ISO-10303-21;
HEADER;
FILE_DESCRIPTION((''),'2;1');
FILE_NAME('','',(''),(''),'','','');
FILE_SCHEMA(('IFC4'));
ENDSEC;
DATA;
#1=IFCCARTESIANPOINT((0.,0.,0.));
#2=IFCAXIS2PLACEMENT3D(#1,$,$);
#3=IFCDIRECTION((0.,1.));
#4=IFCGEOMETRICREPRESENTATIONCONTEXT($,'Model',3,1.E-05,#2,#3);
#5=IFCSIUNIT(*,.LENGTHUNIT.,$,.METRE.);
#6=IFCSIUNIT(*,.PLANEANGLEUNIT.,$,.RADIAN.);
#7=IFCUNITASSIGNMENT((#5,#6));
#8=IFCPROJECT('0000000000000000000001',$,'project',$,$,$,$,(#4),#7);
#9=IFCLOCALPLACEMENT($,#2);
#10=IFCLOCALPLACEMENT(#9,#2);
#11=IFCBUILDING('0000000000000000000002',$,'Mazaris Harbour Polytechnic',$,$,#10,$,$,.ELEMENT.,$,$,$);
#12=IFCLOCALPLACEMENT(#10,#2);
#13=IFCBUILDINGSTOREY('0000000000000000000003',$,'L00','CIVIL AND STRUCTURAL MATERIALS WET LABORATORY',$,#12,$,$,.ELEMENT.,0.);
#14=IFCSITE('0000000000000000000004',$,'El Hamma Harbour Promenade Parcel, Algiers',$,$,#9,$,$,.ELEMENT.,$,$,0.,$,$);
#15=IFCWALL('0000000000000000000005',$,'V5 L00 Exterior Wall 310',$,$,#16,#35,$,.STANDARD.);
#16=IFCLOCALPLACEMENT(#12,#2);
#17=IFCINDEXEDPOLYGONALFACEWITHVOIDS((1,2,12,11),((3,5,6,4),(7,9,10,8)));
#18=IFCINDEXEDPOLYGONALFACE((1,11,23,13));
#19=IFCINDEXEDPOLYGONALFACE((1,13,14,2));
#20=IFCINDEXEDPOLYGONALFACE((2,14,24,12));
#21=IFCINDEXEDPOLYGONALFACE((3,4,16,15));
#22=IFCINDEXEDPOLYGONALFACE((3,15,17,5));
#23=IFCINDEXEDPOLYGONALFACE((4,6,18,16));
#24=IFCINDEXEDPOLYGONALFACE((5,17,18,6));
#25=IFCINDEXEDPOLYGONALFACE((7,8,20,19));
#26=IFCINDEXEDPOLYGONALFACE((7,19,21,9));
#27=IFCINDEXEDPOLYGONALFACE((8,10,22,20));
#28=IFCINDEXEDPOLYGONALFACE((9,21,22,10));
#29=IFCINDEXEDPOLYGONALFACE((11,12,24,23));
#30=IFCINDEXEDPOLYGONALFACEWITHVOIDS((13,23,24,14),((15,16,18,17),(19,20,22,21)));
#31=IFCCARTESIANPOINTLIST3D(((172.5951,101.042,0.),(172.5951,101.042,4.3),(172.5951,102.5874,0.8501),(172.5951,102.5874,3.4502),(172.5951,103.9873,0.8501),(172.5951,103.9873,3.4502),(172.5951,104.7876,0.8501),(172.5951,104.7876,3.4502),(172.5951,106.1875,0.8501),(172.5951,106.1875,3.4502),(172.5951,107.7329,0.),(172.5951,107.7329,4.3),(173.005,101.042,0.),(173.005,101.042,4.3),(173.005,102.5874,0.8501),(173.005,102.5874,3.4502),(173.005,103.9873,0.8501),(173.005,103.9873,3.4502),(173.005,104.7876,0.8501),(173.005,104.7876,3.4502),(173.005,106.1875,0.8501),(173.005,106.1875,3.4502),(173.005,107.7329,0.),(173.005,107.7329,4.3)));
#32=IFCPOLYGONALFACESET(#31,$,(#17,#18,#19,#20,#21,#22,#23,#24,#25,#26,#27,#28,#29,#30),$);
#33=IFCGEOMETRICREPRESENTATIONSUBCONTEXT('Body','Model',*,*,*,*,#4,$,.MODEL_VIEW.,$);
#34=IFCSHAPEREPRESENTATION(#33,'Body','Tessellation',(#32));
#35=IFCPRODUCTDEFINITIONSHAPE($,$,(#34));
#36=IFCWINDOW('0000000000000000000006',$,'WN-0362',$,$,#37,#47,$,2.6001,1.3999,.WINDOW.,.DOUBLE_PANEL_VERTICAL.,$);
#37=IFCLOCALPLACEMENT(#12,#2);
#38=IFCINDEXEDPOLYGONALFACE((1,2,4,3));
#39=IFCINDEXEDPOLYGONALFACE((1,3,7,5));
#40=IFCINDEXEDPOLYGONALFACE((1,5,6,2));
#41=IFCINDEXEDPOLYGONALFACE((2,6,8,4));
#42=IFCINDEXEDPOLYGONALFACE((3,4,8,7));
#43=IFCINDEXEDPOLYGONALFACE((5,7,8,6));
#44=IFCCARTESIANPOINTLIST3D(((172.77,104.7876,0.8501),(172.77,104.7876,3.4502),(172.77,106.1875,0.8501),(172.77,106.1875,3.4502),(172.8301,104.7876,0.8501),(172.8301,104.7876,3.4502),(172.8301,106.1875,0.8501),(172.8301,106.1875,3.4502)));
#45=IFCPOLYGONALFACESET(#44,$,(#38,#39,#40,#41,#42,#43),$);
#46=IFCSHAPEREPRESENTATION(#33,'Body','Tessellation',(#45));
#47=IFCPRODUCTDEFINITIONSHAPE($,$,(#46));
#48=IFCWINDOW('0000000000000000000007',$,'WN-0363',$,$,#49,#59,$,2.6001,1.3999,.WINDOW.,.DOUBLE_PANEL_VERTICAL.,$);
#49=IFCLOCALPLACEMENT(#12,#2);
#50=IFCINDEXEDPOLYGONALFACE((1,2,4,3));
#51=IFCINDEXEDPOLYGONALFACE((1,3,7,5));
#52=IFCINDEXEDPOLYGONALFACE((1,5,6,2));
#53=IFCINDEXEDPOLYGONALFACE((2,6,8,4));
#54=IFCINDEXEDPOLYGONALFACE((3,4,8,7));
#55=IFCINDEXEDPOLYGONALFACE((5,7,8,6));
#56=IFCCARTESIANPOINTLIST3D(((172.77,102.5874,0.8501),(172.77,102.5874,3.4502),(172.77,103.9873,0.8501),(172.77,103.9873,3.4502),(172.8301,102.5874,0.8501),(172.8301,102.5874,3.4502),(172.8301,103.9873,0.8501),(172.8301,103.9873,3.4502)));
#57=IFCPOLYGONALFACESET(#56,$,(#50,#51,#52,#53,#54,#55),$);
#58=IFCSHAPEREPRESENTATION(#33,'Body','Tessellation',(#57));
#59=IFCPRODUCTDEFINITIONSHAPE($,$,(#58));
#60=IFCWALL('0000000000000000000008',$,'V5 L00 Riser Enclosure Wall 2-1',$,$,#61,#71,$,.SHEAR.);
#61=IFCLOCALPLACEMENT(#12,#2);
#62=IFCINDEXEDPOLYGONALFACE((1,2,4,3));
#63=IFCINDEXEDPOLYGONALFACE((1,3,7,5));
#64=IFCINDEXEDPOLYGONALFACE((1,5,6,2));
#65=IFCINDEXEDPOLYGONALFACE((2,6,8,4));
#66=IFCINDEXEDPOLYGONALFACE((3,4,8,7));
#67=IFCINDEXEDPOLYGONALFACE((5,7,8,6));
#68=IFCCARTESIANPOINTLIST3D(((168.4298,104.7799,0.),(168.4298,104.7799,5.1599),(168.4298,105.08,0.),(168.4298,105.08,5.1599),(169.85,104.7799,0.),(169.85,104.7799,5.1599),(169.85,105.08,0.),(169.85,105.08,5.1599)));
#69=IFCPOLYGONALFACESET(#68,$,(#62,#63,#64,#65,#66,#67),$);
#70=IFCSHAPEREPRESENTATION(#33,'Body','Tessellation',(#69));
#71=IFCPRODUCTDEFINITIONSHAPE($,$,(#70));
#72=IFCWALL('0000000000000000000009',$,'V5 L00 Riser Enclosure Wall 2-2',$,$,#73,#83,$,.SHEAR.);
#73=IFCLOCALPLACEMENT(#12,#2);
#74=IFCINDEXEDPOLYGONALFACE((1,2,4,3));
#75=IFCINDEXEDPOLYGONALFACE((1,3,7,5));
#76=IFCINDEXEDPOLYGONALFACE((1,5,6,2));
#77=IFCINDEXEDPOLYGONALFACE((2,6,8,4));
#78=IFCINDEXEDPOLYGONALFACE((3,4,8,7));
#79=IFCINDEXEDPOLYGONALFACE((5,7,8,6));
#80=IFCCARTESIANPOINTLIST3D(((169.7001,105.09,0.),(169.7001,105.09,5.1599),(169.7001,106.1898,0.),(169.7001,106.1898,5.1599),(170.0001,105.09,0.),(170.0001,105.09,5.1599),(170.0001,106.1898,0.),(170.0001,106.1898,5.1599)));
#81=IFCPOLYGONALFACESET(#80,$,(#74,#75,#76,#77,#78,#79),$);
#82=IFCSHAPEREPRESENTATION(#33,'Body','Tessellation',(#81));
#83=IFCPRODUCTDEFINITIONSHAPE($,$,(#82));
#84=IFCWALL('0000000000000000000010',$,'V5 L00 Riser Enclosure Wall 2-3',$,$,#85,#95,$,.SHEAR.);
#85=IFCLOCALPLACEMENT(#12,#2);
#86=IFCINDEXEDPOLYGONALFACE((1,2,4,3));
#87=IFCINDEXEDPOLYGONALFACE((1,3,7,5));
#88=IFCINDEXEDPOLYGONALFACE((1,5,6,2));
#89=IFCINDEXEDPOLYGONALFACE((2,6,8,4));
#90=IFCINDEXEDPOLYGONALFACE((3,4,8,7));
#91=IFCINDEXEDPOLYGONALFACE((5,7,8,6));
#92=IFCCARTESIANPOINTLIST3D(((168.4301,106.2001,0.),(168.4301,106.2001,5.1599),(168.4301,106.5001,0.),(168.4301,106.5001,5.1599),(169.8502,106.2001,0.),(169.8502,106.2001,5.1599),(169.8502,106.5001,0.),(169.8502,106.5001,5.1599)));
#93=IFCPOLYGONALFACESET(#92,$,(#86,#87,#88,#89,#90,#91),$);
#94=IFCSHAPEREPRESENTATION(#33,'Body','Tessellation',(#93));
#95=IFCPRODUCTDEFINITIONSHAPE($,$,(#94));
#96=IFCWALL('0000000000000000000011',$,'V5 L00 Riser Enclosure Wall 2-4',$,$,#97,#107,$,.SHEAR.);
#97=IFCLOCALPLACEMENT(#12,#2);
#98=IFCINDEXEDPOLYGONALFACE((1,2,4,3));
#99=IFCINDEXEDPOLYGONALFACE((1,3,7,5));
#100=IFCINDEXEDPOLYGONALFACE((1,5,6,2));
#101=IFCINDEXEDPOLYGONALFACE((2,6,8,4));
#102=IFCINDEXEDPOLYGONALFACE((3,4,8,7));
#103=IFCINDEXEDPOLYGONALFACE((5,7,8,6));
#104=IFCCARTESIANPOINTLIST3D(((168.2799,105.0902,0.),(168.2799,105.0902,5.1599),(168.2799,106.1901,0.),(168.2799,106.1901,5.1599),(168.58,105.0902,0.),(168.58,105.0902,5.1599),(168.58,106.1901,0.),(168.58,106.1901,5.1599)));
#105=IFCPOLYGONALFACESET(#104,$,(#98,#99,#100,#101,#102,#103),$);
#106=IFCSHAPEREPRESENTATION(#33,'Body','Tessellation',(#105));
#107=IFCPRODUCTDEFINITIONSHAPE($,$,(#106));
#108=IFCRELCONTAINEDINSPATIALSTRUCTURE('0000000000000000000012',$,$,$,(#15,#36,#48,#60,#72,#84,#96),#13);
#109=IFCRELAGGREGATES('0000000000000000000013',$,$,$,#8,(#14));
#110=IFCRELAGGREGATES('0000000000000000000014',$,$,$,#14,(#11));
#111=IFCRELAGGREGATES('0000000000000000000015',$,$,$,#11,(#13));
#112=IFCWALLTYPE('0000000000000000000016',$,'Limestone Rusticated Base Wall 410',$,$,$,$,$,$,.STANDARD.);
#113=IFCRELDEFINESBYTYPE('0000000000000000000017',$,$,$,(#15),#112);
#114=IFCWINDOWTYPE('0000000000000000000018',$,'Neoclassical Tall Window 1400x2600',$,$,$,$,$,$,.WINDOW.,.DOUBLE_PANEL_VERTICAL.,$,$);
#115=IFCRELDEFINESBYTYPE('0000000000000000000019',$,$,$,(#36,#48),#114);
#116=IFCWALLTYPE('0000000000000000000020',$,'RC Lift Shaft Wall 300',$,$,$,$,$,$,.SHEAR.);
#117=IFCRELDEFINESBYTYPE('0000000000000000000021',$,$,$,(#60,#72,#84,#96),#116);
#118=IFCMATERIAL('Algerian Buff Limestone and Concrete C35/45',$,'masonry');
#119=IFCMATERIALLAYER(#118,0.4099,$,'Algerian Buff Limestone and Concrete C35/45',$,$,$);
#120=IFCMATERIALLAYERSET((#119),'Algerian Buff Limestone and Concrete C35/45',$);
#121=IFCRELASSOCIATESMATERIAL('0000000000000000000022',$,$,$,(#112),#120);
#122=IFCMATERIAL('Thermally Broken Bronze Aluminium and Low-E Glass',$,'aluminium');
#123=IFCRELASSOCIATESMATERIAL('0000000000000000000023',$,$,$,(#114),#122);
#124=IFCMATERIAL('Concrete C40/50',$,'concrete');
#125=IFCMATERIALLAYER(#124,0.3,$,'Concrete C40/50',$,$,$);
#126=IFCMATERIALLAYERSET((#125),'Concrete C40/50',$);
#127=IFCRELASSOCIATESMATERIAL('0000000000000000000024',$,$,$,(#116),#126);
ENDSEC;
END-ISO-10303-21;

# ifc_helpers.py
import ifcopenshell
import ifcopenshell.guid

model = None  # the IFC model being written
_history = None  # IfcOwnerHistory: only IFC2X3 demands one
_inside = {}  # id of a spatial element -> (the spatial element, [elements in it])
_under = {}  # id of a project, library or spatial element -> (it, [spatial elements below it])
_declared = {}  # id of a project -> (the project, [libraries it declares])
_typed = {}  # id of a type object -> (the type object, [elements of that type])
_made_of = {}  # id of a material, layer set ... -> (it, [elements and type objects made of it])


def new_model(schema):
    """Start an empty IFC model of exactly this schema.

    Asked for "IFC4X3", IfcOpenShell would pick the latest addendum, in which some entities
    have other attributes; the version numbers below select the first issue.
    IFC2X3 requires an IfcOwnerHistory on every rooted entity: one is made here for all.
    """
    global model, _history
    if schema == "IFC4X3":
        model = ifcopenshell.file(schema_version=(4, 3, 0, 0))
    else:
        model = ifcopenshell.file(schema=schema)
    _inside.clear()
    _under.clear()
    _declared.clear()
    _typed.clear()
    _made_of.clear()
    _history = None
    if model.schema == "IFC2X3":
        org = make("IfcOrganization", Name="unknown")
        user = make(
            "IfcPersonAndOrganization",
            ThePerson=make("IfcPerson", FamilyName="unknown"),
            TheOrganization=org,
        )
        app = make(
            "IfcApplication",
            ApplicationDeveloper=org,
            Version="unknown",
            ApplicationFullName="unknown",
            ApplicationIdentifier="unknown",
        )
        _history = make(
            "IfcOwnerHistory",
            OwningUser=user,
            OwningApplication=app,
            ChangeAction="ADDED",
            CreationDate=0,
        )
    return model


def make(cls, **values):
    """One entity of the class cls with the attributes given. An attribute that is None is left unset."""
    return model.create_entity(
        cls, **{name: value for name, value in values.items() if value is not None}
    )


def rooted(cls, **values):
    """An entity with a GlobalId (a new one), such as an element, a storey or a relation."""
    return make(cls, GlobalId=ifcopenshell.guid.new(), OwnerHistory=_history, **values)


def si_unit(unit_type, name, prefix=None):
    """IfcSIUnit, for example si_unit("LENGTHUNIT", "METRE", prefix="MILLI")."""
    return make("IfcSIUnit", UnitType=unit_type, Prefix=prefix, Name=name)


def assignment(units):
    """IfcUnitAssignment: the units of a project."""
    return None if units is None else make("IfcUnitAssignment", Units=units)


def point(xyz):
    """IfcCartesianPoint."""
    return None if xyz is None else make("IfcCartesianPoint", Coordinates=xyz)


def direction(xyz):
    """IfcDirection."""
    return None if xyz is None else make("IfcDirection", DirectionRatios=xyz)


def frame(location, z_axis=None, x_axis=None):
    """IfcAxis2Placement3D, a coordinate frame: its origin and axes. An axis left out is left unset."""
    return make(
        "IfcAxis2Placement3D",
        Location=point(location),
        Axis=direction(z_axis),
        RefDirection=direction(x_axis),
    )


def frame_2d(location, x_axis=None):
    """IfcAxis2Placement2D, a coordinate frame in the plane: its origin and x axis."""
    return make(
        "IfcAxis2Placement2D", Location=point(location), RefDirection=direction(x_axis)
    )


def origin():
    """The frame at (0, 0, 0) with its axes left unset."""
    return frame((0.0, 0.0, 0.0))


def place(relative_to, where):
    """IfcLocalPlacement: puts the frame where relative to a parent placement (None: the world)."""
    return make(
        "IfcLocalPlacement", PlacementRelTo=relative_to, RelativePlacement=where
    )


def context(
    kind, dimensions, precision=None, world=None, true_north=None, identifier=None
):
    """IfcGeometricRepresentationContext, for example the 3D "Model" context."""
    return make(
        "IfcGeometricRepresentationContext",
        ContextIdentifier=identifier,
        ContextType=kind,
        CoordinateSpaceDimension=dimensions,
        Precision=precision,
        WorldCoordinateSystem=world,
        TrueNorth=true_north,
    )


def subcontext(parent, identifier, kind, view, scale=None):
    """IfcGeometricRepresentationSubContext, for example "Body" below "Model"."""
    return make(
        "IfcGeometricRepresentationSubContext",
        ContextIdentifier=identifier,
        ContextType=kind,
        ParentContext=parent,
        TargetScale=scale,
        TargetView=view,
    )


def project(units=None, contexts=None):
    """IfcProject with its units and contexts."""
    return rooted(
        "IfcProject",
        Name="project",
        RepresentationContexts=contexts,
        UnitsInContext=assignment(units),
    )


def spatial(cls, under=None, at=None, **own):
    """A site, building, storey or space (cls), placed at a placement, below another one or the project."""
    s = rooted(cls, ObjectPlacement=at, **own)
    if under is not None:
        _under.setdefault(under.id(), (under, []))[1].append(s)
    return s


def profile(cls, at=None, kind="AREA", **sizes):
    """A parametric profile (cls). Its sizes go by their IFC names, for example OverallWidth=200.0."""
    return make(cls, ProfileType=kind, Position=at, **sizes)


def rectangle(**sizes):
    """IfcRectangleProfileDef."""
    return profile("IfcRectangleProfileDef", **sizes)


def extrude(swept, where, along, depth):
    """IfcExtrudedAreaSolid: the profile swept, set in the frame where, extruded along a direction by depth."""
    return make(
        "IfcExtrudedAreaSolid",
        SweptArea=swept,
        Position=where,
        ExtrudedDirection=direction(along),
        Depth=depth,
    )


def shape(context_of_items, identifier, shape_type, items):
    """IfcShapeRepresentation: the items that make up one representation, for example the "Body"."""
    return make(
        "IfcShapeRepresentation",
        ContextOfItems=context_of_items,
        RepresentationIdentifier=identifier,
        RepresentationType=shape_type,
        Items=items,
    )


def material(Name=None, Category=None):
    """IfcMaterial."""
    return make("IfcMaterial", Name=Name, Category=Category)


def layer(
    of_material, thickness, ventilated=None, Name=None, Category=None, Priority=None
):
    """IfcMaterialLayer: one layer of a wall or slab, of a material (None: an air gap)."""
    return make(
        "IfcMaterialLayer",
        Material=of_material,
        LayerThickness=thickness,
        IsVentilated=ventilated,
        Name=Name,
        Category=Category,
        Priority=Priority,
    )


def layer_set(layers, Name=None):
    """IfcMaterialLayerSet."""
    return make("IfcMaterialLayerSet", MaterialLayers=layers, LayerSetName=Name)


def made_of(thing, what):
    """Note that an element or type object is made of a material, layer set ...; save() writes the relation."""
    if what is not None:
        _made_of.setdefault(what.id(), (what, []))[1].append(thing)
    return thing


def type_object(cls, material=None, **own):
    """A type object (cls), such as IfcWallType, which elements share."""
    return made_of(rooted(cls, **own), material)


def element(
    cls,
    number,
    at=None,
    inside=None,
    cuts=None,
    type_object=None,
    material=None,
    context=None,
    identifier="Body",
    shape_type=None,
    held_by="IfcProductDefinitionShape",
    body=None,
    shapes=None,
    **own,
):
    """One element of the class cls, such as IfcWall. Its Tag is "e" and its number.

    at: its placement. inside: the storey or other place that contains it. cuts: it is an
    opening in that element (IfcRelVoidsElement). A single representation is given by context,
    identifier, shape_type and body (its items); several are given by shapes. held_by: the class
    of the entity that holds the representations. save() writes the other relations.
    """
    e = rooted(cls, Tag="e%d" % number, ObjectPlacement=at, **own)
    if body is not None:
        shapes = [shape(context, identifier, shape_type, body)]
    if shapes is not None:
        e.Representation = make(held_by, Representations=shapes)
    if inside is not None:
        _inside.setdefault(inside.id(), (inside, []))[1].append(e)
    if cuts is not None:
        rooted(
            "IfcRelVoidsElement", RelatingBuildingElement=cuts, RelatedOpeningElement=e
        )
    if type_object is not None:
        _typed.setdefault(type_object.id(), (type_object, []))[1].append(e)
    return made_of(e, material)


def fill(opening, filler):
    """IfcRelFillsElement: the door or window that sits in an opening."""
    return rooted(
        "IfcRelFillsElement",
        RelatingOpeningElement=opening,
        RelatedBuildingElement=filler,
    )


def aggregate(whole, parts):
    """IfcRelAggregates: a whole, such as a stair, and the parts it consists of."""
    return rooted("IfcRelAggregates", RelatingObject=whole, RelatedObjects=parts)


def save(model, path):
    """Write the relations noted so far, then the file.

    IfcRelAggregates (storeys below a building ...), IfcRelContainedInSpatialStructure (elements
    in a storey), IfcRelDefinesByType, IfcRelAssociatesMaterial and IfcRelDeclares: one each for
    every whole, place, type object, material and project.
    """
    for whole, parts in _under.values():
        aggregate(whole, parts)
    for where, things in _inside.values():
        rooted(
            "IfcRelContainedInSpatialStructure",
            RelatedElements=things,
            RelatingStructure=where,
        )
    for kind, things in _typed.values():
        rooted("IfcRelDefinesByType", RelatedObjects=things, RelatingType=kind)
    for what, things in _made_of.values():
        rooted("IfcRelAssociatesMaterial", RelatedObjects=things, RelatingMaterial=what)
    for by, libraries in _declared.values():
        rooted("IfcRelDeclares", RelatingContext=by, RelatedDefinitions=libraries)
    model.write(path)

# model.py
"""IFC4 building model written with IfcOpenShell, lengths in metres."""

from ifc_helpers import new_model, si_unit, direction, frame, frame_2d, origin, place, context, subcontext, project, spatial, rectangle, extrude, material, layer, layer_set, type_object, element, fill, save


model = new_model("IFC4")

# Units and contexts
model_context = context("Model", 3, precision=1e-05, world=origin(), true_north=direction((0.0, 1.0)))
body_context = subcontext(model_context, "Body", "Model", "MODEL_VIEW")
ifc_project = project(units=[si_unit("LENGTHUNIT", "METRE"), si_unit("PLANEANGLEUNIT", "RADIAN")], contexts=[model_context])

# Site, building, storey
site_placement = place(None, origin())
site = spatial("IfcSite", under=ifc_project, at=site_placement, Name="El Hamma Harbour Promenade Parcel, Algiers", CompositionType="ELEMENT", RefElevation=0.0)
building_placement = place(site_placement, origin())
building = spatial("IfcBuilding", under=site, at=building_placement, Name="Mazaris Harbour Polytechnic", CompositionType="ELEMENT")
storey_placement = place(building_placement, origin())
storey = spatial("IfcBuildingStorey", under=building, at=storey_placement, Name="L00", Description="CIVIL AND STRUCTURAL MATERIALS WET LABORATORY", CompositionType="ELEMENT", Elevation=0.0)

# Wall, openings, windows
ifc_material_1 = material(Name="Algerian Buff Limestone and Concrete C35/45", Category="masonry")
ifc_layer_1 = layer(ifc_material_1, 0.4099, Name="Algerian Buff Limestone and Concrete C35/45")
ifc_layer_set_1 = layer_set([ifc_layer_1], Name="Algerian Buff Limestone and Concrete C35/45")
wall_type_1 = type_object("IfcWallType", Name="Limestone Rusticated Base Wall 410", PredefinedType="STANDARD", material=ifc_layer_set_1)
wall_1_placement = place(storey_placement, frame((172.8, 107.7329, 0.0), z_axis=(0.0, 0.0, 1.0), x_axis=(0.0, -1.0, 0.0)))
wall_1 = element("IfcWall", 1, at=wall_1_placement, inside=storey, type_object=wall_type_1, Name="V5 L00 Exterior Wall 310", PredefinedType="STANDARD", context=body_context, shape_type="SweptSolid", body=[
    extrude(rectangle(XDim=6.6909, YDim=0.4099, at=frame_2d((3.3455, 0.0))), origin(), (0.0, 0.0, 1.0), 4.3),
])
opening_1_placement = place(wall_1_placement, frame((1.5454, 0.0, 0.8501)))
opening_1 = element("IfcOpeningElement", 2, at=opening_1_placement, cuts=wall_1, PredefinedType="OPENING", context=body_context, shape_type="SweptSolid", body=[
    extrude(rectangle(XDim=1.3999, YDim=2.6001, at=frame_2d((0.7, 1.3))), frame((0.0, 0.2148, 0.0), z_axis=(0.0, -1.0, 0.0), x_axis=(1.0, 0.0, 0.0)), (0.0, 0.0, 1.0), 0.4299),
])
opening_2_placement = place(wall_1_placement, frame((3.7456, 0.0, 0.8501)))
opening_2 = element("IfcOpeningElement", 3, at=opening_2_placement, cuts=wall_1, PredefinedType="OPENING", context=body_context, shape_type="SweptSolid", body=[
    extrude(rectangle(XDim=1.3999, YDim=2.6001, at=frame_2d((0.7, 1.3))), frame((0.0, 0.2148, 0.0), z_axis=(0.0, -1.0, 0.0), x_axis=(1.0, 0.0, 0.0)), (0.0, 0.0, 1.0), 0.4299),
])
ifc_material_2 = material(Name="Thermally Broken Bronze Aluminium and Low-E Glass", Category="aluminium")
window_type = type_object("IfcWindowType", Name="Neoclassical Tall Window 1400x2600", PartitioningType="DOUBLE_PANEL_VERTICAL", PredefinedType="WINDOW", material=ifc_material_2)
window_1_placement = place(opening_1_placement, origin())
window_1 = element("IfcWindow", 4, at=window_1_placement, inside=storey, type_object=window_type, Name="WN-0362", OverallHeight=2.6001, OverallWidth=1.3999, PartitioningType="DOUBLE_PANEL_VERTICAL", PredefinedType="WINDOW", context=body_context, shape_type="SweptSolid", body=[
    extrude(rectangle(XDim=1.3999, YDim=2.6001, at=frame_2d((0.7, 1.3))), frame((0.0, 0.03, 0.0), z_axis=(0.0, -1.0, 0.0), x_axis=(1.0, 0.0, 0.0)), (0.0, 0.0, 1.0), 0.0601),
])
fill(opening_1, window_1)
window_2_placement = place(opening_2_placement, origin())
window_2 = element("IfcWindow", 5, at=window_2_placement, inside=storey, type_object=window_type, Name="WN-0363", OverallHeight=2.6001, OverallWidth=1.3999, PartitioningType="DOUBLE_PANEL_VERTICAL", PredefinedType="WINDOW", context=body_context, shape_type="SweptSolid", body=[
    extrude(rectangle(XDim=1.3999, YDim=2.6001, at=frame_2d((0.7, 1.3))), frame((0.0, 0.03, 0.0), z_axis=(0.0, -1.0, 0.0), x_axis=(1.0, 0.0, 0.0)), (0.0, 0.0, 1.0), 0.0601),
])
fill(opening_2, window_2)

# Walls
ifc_material_3 = material(Name="Concrete C40/50", Category="concrete")
ifc_layer_2 = layer(ifc_material_3, 0.3, Name="Concrete C40/50")
ifc_layer_set_2 = layer_set([ifc_layer_2], Name="Concrete C40/50")
wall_type_2 = type_object("IfcWallType", Name="RC Lift Shaft Wall 300", PredefinedType="SHEAR", material=ifc_layer_set_2)
wall_2_placement = place(storey_placement, frame((168.4299, 104.9299, 0.0), z_axis=(0.0, 0.0, 1.0), x_axis=(1.0, 0.0, 0.0)))
element("IfcWall", 6, at=wall_2_placement, inside=storey, type_object=wall_type_2, Name="V5 L00 Riser Enclosure Wall 2-1", PredefinedType="SHEAR", context=body_context, shape_type="SweptSolid", body=[
    extrude(rectangle(XDim=1.4202, YDim=0.3, at=frame_2d((0.71, 0.0))), origin(), (0.0, 0.0, 1.0), 5.1599),
])
wall_3_placement = place(storey_placement, frame((169.8501, 105.0901, 0.0), z_axis=(0.0, 0.0, 1.0), x_axis=(0.0, 1.0, 0.0)))
element("IfcWall", 7, at=wall_3_placement, inside=storey, type_object=wall_type_2, Name="V5 L00 Riser Enclosure Wall 2-2", PredefinedType="SHEAR", context=body_context, shape_type="SweptSolid", body=[
    extrude(rectangle(XDim=1.0999, YDim=0.3, at=frame_2d((0.5498, 0.0))), origin(), (0.0, 0.0, 1.0), 5.1599),
])
wall_4_placement = place(storey_placement, frame((169.8501, 106.3501, 0.0), z_axis=(0.0, 0.0, 1.0), x_axis=(-1.0, 0.0, 0.0)))
element("IfcWall", 8, at=wall_4_placement, inside=storey, type_object=wall_type_2, Name="V5 L00 Riser Enclosure Wall 2-3", PredefinedType="SHEAR", context=body_context, shape_type="SweptSolid", body=[
    extrude(rectangle(XDim=1.4202, YDim=0.3, at=frame_2d((0.71, 0.0))), origin(), (0.0, 0.0, 1.0), 5.1599),
])
wall_5_placement = place(storey_placement, frame((168.4299, 106.1899, 0.0), z_axis=(0.0, 0.0, 1.0), x_axis=(0.0, -1.0, 0.0)))
element("IfcWall", 9, at=wall_5_placement, inside=storey, type_object=wall_type_2, Name="V5 L00 Riser Enclosure Wall 2-4", PredefinedType="SHEAR", context=body_context, shape_type="SweptSolid", body=[
    extrude(rectangle(XDim=1.0999, YDim=0.3, at=frame_2d((0.5498, 0.0))), origin(), (0.0, 0.0, 1.0), 5.1599),
])

save(model, "model.ifc")
